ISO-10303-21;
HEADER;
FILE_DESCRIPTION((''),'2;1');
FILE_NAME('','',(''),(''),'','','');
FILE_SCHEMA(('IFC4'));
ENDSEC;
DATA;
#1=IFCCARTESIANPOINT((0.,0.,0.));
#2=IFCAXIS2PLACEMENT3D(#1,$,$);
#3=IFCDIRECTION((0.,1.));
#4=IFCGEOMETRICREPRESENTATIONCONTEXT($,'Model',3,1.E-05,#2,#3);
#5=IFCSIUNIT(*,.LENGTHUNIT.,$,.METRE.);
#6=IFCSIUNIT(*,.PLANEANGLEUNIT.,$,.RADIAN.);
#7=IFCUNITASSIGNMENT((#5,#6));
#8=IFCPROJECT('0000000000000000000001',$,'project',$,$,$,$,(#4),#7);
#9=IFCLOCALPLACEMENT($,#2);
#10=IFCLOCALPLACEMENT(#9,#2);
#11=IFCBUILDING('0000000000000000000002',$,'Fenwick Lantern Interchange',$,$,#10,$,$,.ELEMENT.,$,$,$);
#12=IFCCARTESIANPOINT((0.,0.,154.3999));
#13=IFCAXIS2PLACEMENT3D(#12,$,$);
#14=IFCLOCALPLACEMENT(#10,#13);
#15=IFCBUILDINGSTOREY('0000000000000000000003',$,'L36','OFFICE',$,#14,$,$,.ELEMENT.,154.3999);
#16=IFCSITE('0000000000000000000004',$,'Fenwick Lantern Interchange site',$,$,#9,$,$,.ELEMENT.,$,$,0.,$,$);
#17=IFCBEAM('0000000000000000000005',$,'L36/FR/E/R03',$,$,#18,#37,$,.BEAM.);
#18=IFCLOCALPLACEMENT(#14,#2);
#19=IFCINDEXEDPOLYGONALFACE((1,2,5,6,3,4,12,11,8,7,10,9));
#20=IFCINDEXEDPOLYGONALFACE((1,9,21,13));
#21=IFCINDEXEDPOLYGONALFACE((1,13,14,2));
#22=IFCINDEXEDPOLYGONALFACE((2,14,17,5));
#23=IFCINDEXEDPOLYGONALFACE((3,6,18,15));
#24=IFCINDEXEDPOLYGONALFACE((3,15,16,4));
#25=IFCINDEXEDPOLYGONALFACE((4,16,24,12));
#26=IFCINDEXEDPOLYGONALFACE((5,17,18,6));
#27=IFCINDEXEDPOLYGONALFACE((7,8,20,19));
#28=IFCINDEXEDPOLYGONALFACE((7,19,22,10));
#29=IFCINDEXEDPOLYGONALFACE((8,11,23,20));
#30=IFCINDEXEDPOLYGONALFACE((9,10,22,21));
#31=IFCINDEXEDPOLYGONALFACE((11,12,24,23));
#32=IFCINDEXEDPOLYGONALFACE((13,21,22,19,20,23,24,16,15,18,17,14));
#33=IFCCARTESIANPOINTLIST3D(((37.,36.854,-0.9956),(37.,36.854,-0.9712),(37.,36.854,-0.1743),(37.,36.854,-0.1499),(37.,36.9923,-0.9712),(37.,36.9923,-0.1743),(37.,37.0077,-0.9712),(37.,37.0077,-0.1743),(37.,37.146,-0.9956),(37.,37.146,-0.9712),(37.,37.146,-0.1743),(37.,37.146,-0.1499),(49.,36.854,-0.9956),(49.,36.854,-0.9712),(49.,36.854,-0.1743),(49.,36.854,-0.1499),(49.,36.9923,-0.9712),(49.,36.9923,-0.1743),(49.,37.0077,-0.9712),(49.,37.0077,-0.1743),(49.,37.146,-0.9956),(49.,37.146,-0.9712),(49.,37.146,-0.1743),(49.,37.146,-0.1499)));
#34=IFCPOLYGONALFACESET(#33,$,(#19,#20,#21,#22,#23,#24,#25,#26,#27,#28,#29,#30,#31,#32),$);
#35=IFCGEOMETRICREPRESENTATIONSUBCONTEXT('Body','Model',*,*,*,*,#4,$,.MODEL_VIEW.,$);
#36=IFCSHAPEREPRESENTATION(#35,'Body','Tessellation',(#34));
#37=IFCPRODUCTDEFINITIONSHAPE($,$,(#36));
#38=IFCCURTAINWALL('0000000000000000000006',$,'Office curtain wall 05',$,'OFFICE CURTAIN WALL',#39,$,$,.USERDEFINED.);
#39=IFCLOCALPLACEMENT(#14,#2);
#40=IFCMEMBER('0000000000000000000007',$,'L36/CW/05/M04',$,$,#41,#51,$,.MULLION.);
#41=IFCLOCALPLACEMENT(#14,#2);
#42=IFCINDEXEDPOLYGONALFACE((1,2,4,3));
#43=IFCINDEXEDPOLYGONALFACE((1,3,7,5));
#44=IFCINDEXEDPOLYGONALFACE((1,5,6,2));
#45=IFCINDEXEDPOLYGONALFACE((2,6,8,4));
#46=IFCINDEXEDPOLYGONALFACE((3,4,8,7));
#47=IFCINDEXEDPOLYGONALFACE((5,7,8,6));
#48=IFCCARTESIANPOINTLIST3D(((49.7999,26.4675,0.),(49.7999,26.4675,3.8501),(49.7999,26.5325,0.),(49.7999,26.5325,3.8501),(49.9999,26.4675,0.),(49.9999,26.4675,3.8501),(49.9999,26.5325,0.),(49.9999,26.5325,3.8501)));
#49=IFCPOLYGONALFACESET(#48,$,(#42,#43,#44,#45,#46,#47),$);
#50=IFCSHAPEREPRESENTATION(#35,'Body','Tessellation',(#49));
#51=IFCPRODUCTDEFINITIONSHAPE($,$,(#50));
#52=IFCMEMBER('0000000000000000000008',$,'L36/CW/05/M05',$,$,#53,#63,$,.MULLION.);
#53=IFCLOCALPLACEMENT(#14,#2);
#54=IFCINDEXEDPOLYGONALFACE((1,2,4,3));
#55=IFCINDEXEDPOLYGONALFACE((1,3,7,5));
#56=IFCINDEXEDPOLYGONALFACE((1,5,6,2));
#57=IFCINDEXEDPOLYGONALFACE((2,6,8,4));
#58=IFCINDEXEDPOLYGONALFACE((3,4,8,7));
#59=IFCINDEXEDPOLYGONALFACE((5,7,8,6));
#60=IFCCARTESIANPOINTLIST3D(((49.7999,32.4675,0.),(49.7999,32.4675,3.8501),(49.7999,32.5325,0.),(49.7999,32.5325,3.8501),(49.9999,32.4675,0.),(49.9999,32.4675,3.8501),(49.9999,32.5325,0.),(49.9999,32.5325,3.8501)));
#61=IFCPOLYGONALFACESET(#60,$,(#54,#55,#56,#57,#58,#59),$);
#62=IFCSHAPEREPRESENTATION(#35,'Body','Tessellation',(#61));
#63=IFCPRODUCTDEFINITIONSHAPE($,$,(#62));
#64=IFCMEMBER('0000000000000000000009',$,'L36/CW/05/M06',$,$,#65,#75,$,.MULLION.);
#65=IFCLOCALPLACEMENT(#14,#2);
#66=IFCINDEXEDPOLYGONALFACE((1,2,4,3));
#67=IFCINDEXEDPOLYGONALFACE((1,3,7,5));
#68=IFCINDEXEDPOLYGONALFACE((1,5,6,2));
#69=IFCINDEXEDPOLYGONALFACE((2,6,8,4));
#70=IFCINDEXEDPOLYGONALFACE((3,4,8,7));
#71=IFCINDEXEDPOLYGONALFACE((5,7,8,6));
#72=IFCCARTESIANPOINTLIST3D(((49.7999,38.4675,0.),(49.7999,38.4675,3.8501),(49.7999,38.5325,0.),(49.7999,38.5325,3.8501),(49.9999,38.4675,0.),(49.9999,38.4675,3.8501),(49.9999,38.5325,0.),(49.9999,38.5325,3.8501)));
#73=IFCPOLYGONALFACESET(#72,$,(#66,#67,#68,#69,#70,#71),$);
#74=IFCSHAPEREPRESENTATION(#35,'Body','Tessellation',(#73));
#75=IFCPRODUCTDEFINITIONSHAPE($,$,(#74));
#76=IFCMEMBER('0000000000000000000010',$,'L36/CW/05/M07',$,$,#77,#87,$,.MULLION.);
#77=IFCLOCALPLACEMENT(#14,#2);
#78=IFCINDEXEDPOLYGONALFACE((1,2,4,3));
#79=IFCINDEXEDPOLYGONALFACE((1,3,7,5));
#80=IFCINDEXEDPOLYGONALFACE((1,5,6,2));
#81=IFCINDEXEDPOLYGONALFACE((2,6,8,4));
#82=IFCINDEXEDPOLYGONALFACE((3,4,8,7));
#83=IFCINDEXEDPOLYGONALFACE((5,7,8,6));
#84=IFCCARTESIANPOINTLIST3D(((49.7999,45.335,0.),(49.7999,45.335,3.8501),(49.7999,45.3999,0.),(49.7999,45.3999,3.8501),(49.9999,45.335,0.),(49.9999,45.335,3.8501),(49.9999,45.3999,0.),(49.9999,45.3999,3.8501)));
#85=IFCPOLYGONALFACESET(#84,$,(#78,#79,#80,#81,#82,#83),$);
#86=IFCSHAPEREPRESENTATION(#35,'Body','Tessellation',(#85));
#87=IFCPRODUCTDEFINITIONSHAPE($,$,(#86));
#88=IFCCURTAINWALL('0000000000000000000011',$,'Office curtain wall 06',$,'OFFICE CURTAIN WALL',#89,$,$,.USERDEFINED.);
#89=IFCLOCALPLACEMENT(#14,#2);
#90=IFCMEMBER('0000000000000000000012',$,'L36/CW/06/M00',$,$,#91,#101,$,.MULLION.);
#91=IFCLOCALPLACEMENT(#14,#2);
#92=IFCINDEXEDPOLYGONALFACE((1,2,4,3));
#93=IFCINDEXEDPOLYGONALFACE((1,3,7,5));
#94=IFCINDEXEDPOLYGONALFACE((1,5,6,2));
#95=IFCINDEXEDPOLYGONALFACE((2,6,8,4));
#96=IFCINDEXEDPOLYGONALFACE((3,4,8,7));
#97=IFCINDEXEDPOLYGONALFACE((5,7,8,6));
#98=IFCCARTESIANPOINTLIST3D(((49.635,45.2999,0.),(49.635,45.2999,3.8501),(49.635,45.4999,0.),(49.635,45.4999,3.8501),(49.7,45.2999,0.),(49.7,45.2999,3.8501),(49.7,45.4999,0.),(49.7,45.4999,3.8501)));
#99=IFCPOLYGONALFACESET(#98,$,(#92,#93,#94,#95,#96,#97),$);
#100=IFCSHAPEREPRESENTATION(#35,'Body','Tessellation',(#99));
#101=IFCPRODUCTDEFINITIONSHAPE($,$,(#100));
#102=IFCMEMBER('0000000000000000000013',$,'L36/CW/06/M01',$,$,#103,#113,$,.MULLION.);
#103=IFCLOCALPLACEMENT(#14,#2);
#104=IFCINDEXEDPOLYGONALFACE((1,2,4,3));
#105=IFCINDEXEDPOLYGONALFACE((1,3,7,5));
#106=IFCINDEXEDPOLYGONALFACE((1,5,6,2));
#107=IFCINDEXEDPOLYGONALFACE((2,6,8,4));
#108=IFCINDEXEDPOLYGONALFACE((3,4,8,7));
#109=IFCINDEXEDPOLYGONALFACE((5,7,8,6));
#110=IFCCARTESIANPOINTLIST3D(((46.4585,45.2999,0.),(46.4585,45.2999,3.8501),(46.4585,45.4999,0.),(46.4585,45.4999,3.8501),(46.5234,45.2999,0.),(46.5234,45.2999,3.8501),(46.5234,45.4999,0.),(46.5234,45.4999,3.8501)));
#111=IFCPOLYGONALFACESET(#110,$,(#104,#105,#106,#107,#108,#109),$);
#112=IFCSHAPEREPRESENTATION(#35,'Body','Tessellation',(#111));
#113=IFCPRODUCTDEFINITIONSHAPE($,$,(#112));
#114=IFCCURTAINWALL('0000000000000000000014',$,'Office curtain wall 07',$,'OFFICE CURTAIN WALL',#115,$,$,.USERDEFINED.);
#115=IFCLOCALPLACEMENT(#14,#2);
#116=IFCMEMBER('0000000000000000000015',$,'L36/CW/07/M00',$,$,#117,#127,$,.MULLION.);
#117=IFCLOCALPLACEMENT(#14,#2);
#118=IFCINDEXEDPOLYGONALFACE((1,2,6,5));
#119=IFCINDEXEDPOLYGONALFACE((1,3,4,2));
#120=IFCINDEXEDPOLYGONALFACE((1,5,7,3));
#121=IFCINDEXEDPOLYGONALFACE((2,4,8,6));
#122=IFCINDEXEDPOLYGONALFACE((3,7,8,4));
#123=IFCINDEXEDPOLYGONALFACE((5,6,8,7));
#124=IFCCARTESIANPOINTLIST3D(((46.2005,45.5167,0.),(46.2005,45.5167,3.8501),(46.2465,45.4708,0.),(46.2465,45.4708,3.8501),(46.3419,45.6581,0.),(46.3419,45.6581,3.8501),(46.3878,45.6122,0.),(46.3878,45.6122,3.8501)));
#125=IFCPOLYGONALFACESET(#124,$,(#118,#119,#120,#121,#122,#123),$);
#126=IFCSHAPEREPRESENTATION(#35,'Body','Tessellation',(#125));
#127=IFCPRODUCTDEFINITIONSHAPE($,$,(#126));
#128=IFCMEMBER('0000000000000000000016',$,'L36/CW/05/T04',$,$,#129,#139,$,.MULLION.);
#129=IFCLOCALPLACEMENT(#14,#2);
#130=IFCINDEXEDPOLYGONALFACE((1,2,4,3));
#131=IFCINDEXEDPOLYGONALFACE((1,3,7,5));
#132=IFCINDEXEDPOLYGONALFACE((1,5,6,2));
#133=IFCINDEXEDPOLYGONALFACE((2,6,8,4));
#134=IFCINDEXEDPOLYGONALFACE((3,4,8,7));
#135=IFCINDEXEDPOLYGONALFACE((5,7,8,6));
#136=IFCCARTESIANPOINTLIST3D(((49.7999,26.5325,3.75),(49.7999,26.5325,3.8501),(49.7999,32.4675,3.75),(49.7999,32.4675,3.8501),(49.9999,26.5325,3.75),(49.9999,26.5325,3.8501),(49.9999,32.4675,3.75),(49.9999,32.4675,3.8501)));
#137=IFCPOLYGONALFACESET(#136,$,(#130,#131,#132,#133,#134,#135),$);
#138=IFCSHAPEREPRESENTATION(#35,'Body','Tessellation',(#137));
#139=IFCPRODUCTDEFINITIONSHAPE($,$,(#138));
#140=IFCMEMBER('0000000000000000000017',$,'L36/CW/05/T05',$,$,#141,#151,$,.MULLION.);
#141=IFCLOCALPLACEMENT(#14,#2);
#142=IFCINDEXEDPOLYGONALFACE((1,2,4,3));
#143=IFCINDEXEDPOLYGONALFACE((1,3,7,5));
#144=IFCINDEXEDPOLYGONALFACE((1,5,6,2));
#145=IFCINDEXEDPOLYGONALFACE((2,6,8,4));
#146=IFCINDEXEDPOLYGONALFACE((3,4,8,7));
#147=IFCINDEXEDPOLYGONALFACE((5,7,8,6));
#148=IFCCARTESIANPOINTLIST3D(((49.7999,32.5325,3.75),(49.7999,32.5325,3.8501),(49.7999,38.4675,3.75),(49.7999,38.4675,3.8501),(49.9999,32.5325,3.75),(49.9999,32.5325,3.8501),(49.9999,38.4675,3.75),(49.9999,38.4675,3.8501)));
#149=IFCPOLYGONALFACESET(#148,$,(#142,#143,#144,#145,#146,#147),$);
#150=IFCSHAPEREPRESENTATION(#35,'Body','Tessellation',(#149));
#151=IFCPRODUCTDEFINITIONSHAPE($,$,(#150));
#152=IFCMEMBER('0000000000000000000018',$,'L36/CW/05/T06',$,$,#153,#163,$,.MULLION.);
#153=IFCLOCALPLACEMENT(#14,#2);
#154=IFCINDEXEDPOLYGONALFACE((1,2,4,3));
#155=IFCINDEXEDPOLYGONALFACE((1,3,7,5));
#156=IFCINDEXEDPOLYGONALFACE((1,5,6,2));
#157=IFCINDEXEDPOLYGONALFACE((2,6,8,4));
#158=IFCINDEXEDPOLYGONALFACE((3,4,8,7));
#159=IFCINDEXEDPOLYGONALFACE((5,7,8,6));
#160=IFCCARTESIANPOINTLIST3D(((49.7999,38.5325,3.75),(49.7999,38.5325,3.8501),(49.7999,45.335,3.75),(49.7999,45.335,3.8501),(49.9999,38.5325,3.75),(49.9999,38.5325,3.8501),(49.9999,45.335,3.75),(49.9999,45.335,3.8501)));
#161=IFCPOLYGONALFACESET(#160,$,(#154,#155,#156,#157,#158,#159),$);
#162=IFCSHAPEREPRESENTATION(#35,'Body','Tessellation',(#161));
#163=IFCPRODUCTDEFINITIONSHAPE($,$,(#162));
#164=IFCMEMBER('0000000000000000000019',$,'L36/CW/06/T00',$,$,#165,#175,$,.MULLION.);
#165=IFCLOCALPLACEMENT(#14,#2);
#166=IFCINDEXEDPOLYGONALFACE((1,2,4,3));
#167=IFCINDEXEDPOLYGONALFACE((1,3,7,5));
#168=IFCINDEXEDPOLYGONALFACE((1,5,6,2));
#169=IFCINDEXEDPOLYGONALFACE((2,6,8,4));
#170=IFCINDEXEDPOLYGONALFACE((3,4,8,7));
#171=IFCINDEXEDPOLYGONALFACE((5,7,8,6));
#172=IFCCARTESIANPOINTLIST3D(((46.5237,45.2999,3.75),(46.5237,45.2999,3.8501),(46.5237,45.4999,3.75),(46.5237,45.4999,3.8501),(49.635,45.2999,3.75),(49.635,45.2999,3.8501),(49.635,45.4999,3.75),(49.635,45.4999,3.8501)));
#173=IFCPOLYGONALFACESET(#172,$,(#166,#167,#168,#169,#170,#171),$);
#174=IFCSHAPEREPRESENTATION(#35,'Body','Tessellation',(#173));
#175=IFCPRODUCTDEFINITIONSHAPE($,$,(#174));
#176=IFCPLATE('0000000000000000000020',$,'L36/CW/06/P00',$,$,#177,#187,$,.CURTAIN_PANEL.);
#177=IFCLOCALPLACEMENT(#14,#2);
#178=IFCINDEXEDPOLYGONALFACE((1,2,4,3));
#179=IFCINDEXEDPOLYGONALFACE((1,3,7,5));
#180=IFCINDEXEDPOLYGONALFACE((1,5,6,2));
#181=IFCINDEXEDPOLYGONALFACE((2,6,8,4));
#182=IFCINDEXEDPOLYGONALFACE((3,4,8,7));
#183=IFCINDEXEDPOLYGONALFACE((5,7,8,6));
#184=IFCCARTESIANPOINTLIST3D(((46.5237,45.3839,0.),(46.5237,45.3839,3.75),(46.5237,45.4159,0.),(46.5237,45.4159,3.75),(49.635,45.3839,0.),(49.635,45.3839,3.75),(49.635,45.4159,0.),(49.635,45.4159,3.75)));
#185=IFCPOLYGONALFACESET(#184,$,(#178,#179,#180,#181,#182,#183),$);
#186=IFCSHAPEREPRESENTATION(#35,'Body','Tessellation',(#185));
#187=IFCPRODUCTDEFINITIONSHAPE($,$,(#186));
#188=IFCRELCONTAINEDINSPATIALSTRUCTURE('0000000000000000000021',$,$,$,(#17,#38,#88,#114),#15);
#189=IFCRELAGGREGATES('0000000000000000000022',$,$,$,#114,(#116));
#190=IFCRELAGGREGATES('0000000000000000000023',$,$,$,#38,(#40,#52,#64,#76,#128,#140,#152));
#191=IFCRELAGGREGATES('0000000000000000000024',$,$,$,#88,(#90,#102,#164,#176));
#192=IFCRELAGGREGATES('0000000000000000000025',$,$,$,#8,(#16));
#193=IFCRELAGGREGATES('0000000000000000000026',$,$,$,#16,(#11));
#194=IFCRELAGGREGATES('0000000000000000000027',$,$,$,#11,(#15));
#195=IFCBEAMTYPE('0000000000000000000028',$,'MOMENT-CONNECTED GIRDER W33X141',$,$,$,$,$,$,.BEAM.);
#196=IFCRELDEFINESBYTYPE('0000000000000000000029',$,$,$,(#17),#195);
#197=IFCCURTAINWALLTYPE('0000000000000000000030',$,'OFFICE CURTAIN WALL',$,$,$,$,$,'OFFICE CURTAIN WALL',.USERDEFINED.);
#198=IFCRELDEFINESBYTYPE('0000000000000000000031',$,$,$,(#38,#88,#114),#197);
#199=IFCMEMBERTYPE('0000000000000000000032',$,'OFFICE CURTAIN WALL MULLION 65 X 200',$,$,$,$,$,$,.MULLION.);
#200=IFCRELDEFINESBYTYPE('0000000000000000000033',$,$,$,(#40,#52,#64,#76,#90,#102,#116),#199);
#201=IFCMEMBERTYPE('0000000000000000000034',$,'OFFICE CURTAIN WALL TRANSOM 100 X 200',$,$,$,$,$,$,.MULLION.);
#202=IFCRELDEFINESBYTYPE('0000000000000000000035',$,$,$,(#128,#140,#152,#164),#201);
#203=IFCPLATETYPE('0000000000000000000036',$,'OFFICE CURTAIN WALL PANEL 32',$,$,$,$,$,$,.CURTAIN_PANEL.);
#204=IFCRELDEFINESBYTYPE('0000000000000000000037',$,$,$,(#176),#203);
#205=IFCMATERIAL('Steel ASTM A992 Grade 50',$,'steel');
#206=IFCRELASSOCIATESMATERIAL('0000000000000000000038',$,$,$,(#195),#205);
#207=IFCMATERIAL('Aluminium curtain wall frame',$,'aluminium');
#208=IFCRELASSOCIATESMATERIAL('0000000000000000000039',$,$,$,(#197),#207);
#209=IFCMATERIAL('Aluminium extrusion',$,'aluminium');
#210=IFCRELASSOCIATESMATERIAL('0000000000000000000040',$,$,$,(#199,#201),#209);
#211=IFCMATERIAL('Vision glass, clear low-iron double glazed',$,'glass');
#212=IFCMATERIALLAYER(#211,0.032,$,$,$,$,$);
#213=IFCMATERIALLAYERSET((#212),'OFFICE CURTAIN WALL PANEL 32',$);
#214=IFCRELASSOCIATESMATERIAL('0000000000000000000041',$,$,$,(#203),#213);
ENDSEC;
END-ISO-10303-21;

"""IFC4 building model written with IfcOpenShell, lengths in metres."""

from ifc_helpers import new_model, si_unit, direction, frame, origin, origin_2d, place, context, subcontext, project, spatial, rectangle, i_section, extrude, material, layer, layer_set, material_profile, profile_set, type_object, element, aggregate, save


model = new_model("IFC4")

# Units and contexts
model_context = context("Model", 3, precision=1e-05, world=origin(), true_north=direction((0.0, 1.0)))
body_context = subcontext(model_context, "Body", "Model", "MODEL_VIEW")
ifc_project = project(units=[si_unit("LENGTHUNIT", "METRE"), si_unit("PLANEANGLEUNIT", "RADIAN")], contexts=[model_context])

# Site, building, storey
site_placement = place(None, origin())
site = spatial("IfcSite", under=ifc_project, at=site_placement, Name="Fenwick Lantern Interchange site", CompositionType="ELEMENT", RefElevation=0.0)
building_placement = place(site_placement, origin())
building = spatial("IfcBuilding", under=site, at=building_placement, Name="Fenwick Lantern Interchange", CompositionType="ELEMENT")
storey_placement = place(building_placement, frame((0.0, 0.0, 154.3999)))
storey = spatial("IfcBuildingStorey", under=building, at=storey_placement, Name="L36", Description="OFFICE", CompositionType="ELEMENT", Elevation=154.3999)

# Shared definitions
ifc_material_1 = material(Name="Steel ASTM A992 Grade 50", Category="steel")

# Beam
ifc_material_profile_1 = material_profile(ifc_material_1, i_section(OverallWidth=0.292, OverallDepth=0.8457, WebThickness=0.0154, FlangeThickness=0.0244, at=origin_2d()), Name="W33X141")
ifc_profile_set_1 = profile_set([ifc_material_profile_1], Name="Steel ASTM A992 Grade 50")
beam_type_1 = type_object("IfcBeamType", Name="MOMENT-CONNECTED GIRDER W33X141", PredefinedType="BEAM", material=ifc_profile_set_1)
beam_1_placement = place(storey_placement, frame((49.0, 37.0, -0.5728), z_axis=(-1.0, 0.0, 0.0), x_axis=(0.0, -1.0, 0.0)))
element("IfcBeam", 1, at=beam_1_placement, inside=storey, type_object=beam_type_1, Name="L36/FR/E/R03", PredefinedType="BEAM", context=body_context, shape_type="SweptSolid", body=[
    extrude(i_section(OverallWidth=0.292, OverallDepth=0.8457, WebThickness=0.0154, FlangeThickness=0.0244, at=origin_2d()), origin(), (0.0, 0.0, 1.0), 12.0),
])

# Curtain walls, members
ifc_material_2 = material(Name="Aluminium curtain wall frame", Category="aluminium")
curtain_wall_type = type_object("IfcCurtainWallType", Name="OFFICE CURTAIN WALL", ElementType="OFFICE CURTAIN WALL", PredefinedType="USERDEFINED", material=ifc_material_2)
curtain_wall_1_placement = place(storey_placement, origin())
curtain_wall_1 = element("IfcCurtainWall", 2, at=curtain_wall_1_placement, inside=storey, type_object=curtain_wall_type, Name="Office curtain wall 05", ObjectType="OFFICE CURTAIN WALL", PredefinedType="USERDEFINED")
ifc_material_3 = material(Name="Aluminium extrusion", Category="aluminium")
ifc_material_profile_2 = material_profile(ifc_material_3, rectangle(XDim=0.2, YDim=0.0649, at=origin_2d()), Name="OFFICE CURTAIN WALL MULLION 65 X 200")
ifc_profile_set_2 = profile_set([ifc_material_profile_2], Name="Aluminium extrusion")
member_type_1 = type_object("IfcMemberType", Name="OFFICE CURTAIN WALL MULLION 65 X 200", PredefinedType="MULLION", material=ifc_profile_set_2)
member_1_placement = place(storey_placement, frame((49.8999, 26.5, 0.0), z_axis=(0.0, 0.0, 1.0), x_axis=(-1.0, 0.0, 0.0)))
member_1 = element("IfcMember", 3, at=member_1_placement, type_object=member_type_1, Name="L36/CW/05/M04", PredefinedType="MULLION", context=body_context, shape_type="SweptSolid", body=[
    extrude(rectangle(XDim=0.2, YDim=0.0649, at=origin_2d()), origin(), (0.0, 0.0, 1.0), 3.8501),
])
member_2_placement = place(storey_placement, frame((49.8999, 32.5, 0.0), z_axis=(0.0, 0.0, 1.0), x_axis=(-1.0, 0.0, 0.0)))
member_2 = element("IfcMember", 4, at=member_2_placement, type_object=member_type_1, Name="L36/CW/05/M05", PredefinedType="MULLION", context=body_context, shape_type="SweptSolid", body=[
    extrude(rectangle(XDim=0.2, YDim=0.0649, at=origin_2d()), origin(), (0.0, 0.0, 1.0), 3.8501),
])
member_3_placement = place(storey_placement, frame((49.8999, 38.5, 0.0), z_axis=(0.0, 0.0, 1.0), x_axis=(-1.0, 0.0, 0.0)))
member_3 = element("IfcMember", 5, at=member_3_placement, type_object=member_type_1, Name="L36/CW/05/M06", PredefinedType="MULLION", context=body_context, shape_type="SweptSolid", body=[
    extrude(rectangle(XDim=0.2, YDim=0.0649, at=origin_2d()), origin(), (0.0, 0.0, 1.0), 3.8501),
])
member_4_placement = place(storey_placement, frame((49.8999, 45.3674, 0.0), z_axis=(0.0, 0.0, 1.0), x_axis=(-1.0, 0.0, 0.0)))
member_4 = element("IfcMember", 6, at=member_4_placement, type_object=member_type_1, Name="L36/CW/05/M07", PredefinedType="MULLION", context=body_context, shape_type="SweptSolid", body=[
    extrude(rectangle(XDim=0.2, YDim=0.0649, at=origin_2d()), origin(), (0.0, 0.0, 1.0), 3.8501),
])
curtain_wall_2_placement = place(storey_placement, origin())
curtain_wall_2 = element("IfcCurtainWall", 7, at=curtain_wall_2_placement, inside=storey, type_object=curtain_wall_type, Name="Office curtain wall 06", ObjectType="OFFICE CURTAIN WALL", PredefinedType="USERDEFINED")
member_5_placement = place(storey_placement, frame((49.6675, 45.3999, 0.0), z_axis=(0.0, 0.0, 1.0), x_axis=(0.0, -1.0, 0.0)))
member_5 = element("IfcMember", 8, at=member_5_placement, type_object=member_type_1, Name="L36/CW/06/M00", PredefinedType="MULLION", context=body_context, shape_type="SweptSolid", body=[
    extrude(rectangle(XDim=0.2, YDim=0.0649, at=origin_2d()), origin(), (0.0, 0.0, 1.0), 3.8501),
])
member_6_placement = place(storey_placement, frame((46.491, 45.3999, 0.0), z_axis=(0.0, 0.0, 1.0), x_axis=(0.0, -1.0, 0.0)))
member_6 = element("IfcMember", 9, at=member_6_placement, type_object=member_type_1, Name="L36/CW/06/M01", PredefinedType="MULLION", context=body_context, shape_type="SweptSolid", body=[
    extrude(rectangle(XDim=0.2, YDim=0.0649, at=origin_2d()), origin(), (0.0, 0.0, 1.0), 3.8501),
])

# Curtain wall, member
curtain_wall_3_placement = place(storey_placement, origin())
curtain_wall_3 = element("IfcCurtainWall", 10, at=curtain_wall_3_placement, inside=storey, type_object=curtain_wall_type, Name="Office curtain wall 07", ObjectType="OFFICE CURTAIN WALL", PredefinedType="USERDEFINED")
member_7_placement = place(storey_placement, frame((46.2942, 45.5645, 0.0), z_axis=(0.0, 0.0, 1.0), x_axis=(-0.707107, -0.707107, 0.0)))
member_7 = element("IfcMember", 11, at=member_7_placement, type_object=member_type_1, Name="L36/CW/07/M00", PredefinedType="MULLION", context=body_context, shape_type="SweptSolid", body=[
    extrude(rectangle(XDim=0.2, YDim=0.0649, at=origin_2d()), origin(), (0.0, 0.0, 1.0), 3.8501),
])
aggregate(curtain_wall_3, [member_7])

# Members
ifc_material_profile_3 = material_profile(ifc_material_3, rectangle(XDim=0.2, YDim=0.1001, at=origin_2d()), Name="OFFICE CURTAIN WALL TRANSOM 100 X 200")
ifc_profile_set_3 = profile_set([ifc_material_profile_3], Name="Aluminium extrusion")
member_type_2 = type_object("IfcMemberType", Name="OFFICE CURTAIN WALL TRANSOM 100 X 200", PredefinedType="MULLION", material=ifc_profile_set_3)
member_8_placement = place(storey_placement, frame((49.8999, 26.5325, 3.8), z_axis=(0.0, 1.0, 0.0), x_axis=(-1.0, 0.0, 0.0)))
member_8 = element("IfcMember", 12, at=member_8_placement, type_object=member_type_2, Name="L36/CW/05/T04", PredefinedType="MULLION", context=body_context, shape_type="SweptSolid", body=[
    extrude(rectangle(XDim=0.2, YDim=0.1001, at=origin_2d()), origin(), (0.0, 0.0, 1.0), 5.9351),
])
member_9_placement = place(storey_placement, frame((49.8999, 32.5325, 3.8), z_axis=(0.0, 1.0, 0.0), x_axis=(-1.0, 0.0, 0.0)))
member_9 = element("IfcMember", 13, at=member_9_placement, type_object=member_type_2, Name="L36/CW/05/T05", PredefinedType="MULLION", context=body_context, shape_type="SweptSolid", body=[
    extrude(rectangle(XDim=0.2, YDim=0.1001, at=origin_2d()), origin(), (0.0, 0.0, 1.0), 5.9351),
])
member_10_placement = place(storey_placement, frame((49.8999, 38.5325, 3.8), z_axis=(0.0, 1.0, 0.0), x_axis=(-1.0, 0.0, 0.0)))
member_10 = element("IfcMember", 14, at=member_10_placement, type_object=member_type_2, Name="L36/CW/05/T06", PredefinedType="MULLION", context=body_context, shape_type="SweptSolid", body=[
    extrude(rectangle(XDim=0.2, YDim=0.1001, at=origin_2d()), origin(), (0.0, 0.0, 1.0), 6.8025),
])
aggregate(curtain_wall_1, [member_1, member_2, member_3, member_4, member_8, member_9, member_10])
member_11_placement = place(storey_placement, frame((49.635, 45.3999, 3.8), z_axis=(-1.0, 0.0, 0.0), x_axis=(0.0, -1.0, 0.0)))
member_11 = element("IfcMember", 15, at=member_11_placement, type_object=member_type_2, Name="L36/CW/06/T00", PredefinedType="MULLION", context=body_context, shape_type="SweptSolid", body=[
    extrude(rectangle(XDim=0.2, YDim=0.1001, at=origin_2d()), origin(), (0.0, 0.0, 1.0), 3.1113),
])

# Plate
ifc_material_4 = material(Name="Vision glass, clear low-iron double glazed", Category="glass")
ifc_layer_1 = layer(ifc_material_4, 0.032)
ifc_layer_set_1 = layer_set([ifc_layer_1], Name="OFFICE CURTAIN WALL PANEL 32")
plate_type = type_object("IfcPlateType", Name="OFFICE CURTAIN WALL PANEL 32", PredefinedType="CURTAIN_PANEL", material=ifc_layer_set_1)
plate_placement = place(storey_placement, frame((48.0793, 45.3999, 0.0), z_axis=(0.0, 0.0, 1.0), x_axis=(-1.0, 0.0, 0.0)))
plate = element("IfcPlate", 16, at=plate_placement, type_object=plate_type, Name="L36/CW/06/P00", PredefinedType="CURTAIN_PANEL", context=body_context, shape_type="SweptSolid", body=[
    extrude(rectangle(XDim=3.1113, YDim=0.032, at=origin_2d()), origin(), (0.0, 0.0, 1.0), 3.75),
])
aggregate(curtain_wall_2, [member_5, member_6, member_11, plate])

save(model, "model.ifc")
